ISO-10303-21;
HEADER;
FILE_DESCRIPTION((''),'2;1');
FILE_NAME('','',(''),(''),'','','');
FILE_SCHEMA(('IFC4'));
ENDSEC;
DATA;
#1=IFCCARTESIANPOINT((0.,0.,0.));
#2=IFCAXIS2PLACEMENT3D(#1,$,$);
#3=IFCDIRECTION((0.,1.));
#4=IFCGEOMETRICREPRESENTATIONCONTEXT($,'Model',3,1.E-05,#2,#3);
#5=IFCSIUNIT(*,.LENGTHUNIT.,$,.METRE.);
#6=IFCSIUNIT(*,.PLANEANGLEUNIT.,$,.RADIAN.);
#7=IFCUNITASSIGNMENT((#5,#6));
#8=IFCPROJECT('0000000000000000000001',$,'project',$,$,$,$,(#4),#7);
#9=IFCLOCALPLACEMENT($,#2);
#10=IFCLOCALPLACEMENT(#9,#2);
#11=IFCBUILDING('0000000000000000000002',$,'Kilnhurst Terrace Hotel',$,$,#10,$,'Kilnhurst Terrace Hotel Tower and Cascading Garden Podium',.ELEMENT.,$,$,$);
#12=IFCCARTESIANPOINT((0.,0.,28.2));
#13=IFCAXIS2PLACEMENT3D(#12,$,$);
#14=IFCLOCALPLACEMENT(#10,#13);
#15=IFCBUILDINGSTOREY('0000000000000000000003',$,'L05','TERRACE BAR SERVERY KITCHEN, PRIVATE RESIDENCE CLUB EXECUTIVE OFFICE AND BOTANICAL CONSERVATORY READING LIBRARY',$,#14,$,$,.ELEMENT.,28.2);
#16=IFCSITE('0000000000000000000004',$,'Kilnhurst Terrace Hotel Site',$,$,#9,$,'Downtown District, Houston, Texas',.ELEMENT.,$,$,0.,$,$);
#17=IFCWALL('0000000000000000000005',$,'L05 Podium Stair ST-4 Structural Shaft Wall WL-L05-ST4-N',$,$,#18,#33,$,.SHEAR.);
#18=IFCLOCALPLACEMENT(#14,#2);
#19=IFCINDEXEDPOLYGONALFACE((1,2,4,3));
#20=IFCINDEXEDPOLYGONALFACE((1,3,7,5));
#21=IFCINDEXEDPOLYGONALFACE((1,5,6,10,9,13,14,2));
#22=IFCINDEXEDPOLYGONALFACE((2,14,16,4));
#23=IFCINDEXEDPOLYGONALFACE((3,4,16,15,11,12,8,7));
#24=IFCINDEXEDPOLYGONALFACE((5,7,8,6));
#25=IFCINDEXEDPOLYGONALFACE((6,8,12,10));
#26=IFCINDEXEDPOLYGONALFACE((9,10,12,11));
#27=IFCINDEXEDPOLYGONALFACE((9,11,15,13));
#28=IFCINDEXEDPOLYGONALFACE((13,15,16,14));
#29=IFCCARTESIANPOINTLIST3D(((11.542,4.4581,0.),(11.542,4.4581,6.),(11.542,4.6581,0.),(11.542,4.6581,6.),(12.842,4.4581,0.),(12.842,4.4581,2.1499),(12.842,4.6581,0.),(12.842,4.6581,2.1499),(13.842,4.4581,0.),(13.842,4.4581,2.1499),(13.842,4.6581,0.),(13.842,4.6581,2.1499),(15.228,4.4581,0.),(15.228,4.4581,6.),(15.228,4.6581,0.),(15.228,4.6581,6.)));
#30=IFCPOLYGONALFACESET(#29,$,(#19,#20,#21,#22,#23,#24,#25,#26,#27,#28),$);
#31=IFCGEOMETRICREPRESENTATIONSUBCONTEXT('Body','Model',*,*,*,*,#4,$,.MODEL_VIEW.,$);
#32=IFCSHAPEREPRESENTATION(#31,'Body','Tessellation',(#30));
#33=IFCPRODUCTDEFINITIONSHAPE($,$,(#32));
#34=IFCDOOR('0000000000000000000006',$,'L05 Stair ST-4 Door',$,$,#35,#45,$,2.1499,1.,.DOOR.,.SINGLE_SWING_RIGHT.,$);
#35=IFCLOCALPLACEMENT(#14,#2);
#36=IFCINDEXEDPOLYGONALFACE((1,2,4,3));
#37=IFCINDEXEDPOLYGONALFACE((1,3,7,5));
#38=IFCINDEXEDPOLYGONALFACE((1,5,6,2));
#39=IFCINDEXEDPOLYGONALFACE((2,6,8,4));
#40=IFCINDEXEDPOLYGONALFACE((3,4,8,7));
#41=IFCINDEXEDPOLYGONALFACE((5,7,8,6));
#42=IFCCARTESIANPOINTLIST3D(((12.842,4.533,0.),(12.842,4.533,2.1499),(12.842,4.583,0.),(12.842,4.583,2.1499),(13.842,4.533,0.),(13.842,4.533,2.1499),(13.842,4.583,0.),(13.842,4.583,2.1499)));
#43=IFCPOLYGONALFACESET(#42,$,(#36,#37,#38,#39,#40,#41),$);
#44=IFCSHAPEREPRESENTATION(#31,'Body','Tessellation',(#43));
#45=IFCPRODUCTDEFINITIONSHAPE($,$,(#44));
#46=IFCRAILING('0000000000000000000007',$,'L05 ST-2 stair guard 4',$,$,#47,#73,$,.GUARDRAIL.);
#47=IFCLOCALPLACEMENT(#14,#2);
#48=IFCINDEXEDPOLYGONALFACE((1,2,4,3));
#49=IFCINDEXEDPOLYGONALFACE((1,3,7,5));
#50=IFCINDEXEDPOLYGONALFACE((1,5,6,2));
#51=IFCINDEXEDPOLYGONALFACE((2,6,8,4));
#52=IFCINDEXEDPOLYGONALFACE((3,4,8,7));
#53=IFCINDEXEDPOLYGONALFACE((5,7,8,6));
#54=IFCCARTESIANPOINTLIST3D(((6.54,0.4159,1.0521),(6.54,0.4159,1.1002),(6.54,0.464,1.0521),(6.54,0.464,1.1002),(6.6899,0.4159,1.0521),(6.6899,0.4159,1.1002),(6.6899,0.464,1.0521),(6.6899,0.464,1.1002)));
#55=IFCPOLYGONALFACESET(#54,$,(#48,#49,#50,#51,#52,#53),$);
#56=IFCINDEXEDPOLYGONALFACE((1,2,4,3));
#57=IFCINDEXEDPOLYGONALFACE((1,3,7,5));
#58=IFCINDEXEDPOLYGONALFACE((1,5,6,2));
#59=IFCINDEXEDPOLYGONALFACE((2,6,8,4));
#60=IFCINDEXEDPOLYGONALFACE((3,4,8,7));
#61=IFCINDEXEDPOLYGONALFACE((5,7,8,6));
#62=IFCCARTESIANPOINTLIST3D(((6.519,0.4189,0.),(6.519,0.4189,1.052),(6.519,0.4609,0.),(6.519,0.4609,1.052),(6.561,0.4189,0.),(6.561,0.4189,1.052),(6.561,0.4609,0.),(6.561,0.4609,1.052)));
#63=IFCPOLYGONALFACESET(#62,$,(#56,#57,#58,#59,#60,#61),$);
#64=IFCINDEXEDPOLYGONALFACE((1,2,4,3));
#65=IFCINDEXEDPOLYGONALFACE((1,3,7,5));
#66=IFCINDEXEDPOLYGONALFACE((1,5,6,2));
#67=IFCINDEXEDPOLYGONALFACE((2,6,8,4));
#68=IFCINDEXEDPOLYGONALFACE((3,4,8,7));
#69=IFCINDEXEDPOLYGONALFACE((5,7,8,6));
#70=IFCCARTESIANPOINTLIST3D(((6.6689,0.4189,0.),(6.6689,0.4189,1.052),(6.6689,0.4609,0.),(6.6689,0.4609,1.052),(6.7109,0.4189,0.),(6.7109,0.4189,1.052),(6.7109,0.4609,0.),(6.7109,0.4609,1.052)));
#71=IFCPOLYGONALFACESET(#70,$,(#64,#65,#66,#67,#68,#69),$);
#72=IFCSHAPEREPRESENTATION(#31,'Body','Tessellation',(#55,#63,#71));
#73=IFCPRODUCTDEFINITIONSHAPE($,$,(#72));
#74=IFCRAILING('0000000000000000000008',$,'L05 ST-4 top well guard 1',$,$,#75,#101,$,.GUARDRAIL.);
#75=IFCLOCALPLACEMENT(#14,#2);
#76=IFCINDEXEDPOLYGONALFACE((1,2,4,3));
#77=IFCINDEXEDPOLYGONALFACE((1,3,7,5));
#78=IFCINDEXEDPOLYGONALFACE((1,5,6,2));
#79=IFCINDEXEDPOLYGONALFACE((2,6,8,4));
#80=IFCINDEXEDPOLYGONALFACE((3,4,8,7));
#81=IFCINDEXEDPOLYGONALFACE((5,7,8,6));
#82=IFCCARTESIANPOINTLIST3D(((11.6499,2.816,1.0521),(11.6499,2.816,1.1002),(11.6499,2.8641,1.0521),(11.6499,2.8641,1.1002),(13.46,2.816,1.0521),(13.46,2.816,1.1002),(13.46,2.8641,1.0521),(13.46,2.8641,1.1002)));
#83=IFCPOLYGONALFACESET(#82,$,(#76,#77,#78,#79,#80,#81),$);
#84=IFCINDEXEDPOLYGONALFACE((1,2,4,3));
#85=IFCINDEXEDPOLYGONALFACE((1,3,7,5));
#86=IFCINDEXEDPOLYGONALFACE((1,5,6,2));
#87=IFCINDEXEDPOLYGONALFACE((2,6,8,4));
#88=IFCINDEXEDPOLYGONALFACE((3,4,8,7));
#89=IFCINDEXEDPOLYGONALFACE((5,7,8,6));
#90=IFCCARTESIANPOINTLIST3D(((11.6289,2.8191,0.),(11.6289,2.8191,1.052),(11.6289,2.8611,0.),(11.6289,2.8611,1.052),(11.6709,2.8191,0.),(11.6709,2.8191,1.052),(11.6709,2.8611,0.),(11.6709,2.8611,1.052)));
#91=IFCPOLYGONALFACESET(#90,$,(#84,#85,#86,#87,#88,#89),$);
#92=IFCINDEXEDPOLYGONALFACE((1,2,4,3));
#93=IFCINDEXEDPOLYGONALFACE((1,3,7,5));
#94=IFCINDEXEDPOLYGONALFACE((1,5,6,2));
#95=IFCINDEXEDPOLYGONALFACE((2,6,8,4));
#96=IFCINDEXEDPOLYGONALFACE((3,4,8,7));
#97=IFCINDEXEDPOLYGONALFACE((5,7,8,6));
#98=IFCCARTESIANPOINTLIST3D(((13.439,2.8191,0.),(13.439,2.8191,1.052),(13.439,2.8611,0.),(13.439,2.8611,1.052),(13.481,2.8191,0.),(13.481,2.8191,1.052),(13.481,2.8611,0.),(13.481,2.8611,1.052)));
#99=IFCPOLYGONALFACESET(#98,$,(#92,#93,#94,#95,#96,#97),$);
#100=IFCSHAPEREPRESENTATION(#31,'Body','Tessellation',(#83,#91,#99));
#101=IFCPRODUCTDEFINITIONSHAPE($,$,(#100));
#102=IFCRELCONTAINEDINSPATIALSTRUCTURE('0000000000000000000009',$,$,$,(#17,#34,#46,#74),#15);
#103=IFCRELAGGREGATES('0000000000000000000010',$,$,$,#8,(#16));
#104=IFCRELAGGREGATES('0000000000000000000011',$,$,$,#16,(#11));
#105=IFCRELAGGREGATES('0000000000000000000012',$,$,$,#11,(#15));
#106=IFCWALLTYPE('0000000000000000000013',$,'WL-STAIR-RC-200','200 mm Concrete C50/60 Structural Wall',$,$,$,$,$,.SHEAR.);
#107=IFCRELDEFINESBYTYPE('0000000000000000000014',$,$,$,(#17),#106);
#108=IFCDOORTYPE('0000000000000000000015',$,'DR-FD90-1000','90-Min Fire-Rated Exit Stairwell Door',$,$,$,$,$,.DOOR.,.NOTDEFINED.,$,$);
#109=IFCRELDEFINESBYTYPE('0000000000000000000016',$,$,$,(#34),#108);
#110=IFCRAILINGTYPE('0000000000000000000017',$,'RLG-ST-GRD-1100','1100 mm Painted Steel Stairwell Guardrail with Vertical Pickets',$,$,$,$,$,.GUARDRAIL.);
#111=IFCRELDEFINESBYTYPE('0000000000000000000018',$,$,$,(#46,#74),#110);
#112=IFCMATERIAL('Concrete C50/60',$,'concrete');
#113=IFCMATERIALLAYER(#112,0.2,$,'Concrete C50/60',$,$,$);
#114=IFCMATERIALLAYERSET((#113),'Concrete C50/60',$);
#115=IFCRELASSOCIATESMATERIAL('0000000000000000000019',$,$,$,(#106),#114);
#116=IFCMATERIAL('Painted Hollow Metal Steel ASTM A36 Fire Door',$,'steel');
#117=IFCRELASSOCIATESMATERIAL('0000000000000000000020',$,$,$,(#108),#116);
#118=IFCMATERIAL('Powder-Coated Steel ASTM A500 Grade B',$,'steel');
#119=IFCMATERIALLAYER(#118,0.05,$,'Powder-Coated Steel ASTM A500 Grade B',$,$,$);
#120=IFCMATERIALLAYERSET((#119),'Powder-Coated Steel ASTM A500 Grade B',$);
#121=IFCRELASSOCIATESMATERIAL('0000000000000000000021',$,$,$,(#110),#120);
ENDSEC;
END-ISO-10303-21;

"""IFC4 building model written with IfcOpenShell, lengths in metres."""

from ifc_helpers import new_model, si_unit, direction, frame, frame_2d, origin, origin_2d, place, context, subcontext, project, spatial, rectangle, extrude, material, layer, layer_set, type_object, element, fill, save


model = new_model("IFC4")

# Units and contexts
model_context = context("Model", 3, precision=1e-05, world=origin(), true_north=direction((0.0, 1.0)))
body_context = subcontext(model_context, "Body", "Model", "MODEL_VIEW")
ifc_project = project(units=[si_unit("LENGTHUNIT", "METRE"), si_unit("PLANEANGLEUNIT", "RADIAN")], contexts=[model_context])

# Site, building, storey
site_placement = place(None, origin())
site = spatial("IfcSite", under=ifc_project, at=site_placement, Name="Kilnhurst Terrace Hotel Site", LongName="Downtown District, Houston, Texas", CompositionType="ELEMENT", RefElevation=0.0)
building_placement = place(site_placement, origin())
building = spatial("IfcBuilding", under=site, at=building_placement, Name="Kilnhurst Terrace Hotel", LongName="Kilnhurst Terrace Hotel Tower and Cascading Garden Podium", CompositionType="ELEMENT")
storey_placement = place(building_placement, frame((0.0, 0.0, 28.2)))
storey = spatial("IfcBuildingStorey", under=building, at=storey_placement, Name="L05", Description="TERRACE BAR SERVERY KITCHEN, PRIVATE RESIDENCE CLUB EXECUTIVE OFFICE AND BOTANICAL CONSERVATORY READING LIBRARY", CompositionType="ELEMENT", Elevation=28.2)

# Wall, opening, door
ifc_material_1 = material(Name="Concrete C50/60", Category="concrete")
ifc_layer_1 = layer(ifc_material_1, 0.2, Name="Concrete C50/60")
ifc_layer_set_1 = layer_set([ifc_layer_1], Name="Concrete C50/60")
wall_type_1 = type_object("IfcWallType", Name="WL-STAIR-RC-200", Description="200 mm Concrete C50/60 Structural Wall", PredefinedType="SHEAR", material=ifc_layer_set_1)
wall_1_placement = place(storey_placement, frame((11.542, 4.5581, 0.0), z_axis=(0.0, 0.0, 1.0), x_axis=(1.0, 0.0, 0.0)))
wall_1 = element("IfcWall", 1, at=wall_1_placement, inside=storey, type_object=wall_type_1, Name="L05 Podium Stair ST-4 Structural Shaft Wall WL-L05-ST4-N", PredefinedType="SHEAR", context=body_context, shape_type="SweptSolid", body=[
    extrude(rectangle(XDim=3.686, YDim=0.2, at=frame_2d((1.843, 0.0))), origin(), (0.0, 0.0, 1.0), 6.0),
])
opening_1_placement = place(wall_1_placement, frame((1.3, 0.0, 0.0)))
opening_1 = element("IfcOpeningElement", 2, at=opening_1_placement, cuts=wall_1, PredefinedType="OPENING", context=body_context, shape_type="SweptSolid", body=[
    extrude(rectangle(XDim=1.0, YDim=2.1499, at=frame_2d((0.5, 1.075))), frame((0.0, 0.1099, 0.0), z_axis=(0.0, -1.0, 0.0), x_axis=(1.0, 0.0, 0.0)), (0.0, 0.0, 1.0), 0.22),
])
ifc_material_2 = material(Name="Painted Hollow Metal Steel ASTM A36 Fire Door", Category="steel")
door_type_1 = type_object("IfcDoorType", Name="DR-FD90-1000", Description="90-Min Fire-Rated Exit Stairwell Door", OperationType="NOTDEFINED", PredefinedType="DOOR", material=ifc_material_2)
door_1_placement = place(opening_1_placement, origin())
door_1 = element("IfcDoor", 3, at=door_1_placement, inside=storey, type_object=door_type_1, Name="L05 Stair ST-4 Door", OperationType="SINGLE_SWING_RIGHT", OverallHeight=2.1499, OverallWidth=1.0, PredefinedType="DOOR", context=body_context, shape_type="SweptSolid", body=[
    extrude(rectangle(XDim=1.0, YDim=2.1499, at=frame_2d((0.5, 1.075))), frame((0.0, 0.0249, 0.0), z_axis=(0.0, -1.0, 0.0), x_axis=(1.0, 0.0, 0.0)), (0.0, 0.0, 1.0), 0.05),
])
fill(opening_1, door_1)

# Railings
ifc_material_3 = material(Name="Powder-Coated Steel ASTM A500 Grade B", Category="steel")
ifc_layer_2 = layer(ifc_material_3, 0.05, Name="Powder-Coated Steel ASTM A500 Grade B")
ifc_layer_set_2 = layer_set([ifc_layer_2], Name="Powder-Coated Steel ASTM A500 Grade B")
railing_type = type_object("IfcRailingType", Name="RLG-ST-GRD-1100", Description="1100 mm Painted Steel Stairwell Guardrail with Vertical Pickets", PredefinedType="GUARDRAIL", material=ifc_layer_set_2)
railing_1_placement = place(storey_placement, frame((6.54, 0.4399, 0.0)))
element("IfcRailing", 4, at=railing_1_placement, inside=storey, type_object=railing_type, Name="L05 ST-2 stair guard 4", PredefinedType="GUARDRAIL", context=body_context, shape_type="SweptSolid", body=[
    extrude(rectangle(XDim=0.0481, YDim=0.0481, at=origin_2d()), frame((0.0, 0.0, 1.0762), z_axis=(1.0, 0.0, 0.0), x_axis=(0.0, 1.0, 0.0)), (0.0, 0.0, 1.0), 0.1499),
    extrude(rectangle(XDim=0.042, YDim=0.042, at=origin_2d()), origin(), (0.0, 0.0, 1.0), 1.052),
    extrude(rectangle(XDim=0.042, YDim=0.042, at=origin_2d()), frame((0.1499, 0.0, 0.0)), (0.0, 0.0, 1.0), 1.052),
])
railing_2_placement = place(storey_placement, frame((11.6499, 2.8401, 0.0)))
element("IfcRailing", 5, at=railing_2_placement, inside=storey, type_object=railing_type, Name="L05 ST-4 top well guard 1", PredefinedType="GUARDRAIL", context=body_context, shape_type="SweptSolid", body=[
    extrude(rectangle(XDim=0.0481, YDim=0.0481, at=origin_2d()), frame((0.0, 0.0, 1.0762), z_axis=(1.0, 0.0, 0.0), x_axis=(0.0, 1.0, 0.0)), (0.0, 0.0, 1.0), 1.8101),
    extrude(rectangle(XDim=0.042, YDim=0.042, at=origin_2d()), origin(), (0.0, 0.0, 1.0), 1.052),
    extrude(rectangle(XDim=0.042, YDim=0.042, at=origin_2d()), frame((1.8101, 0.0, 0.0)), (0.0, 0.0, 1.0), 1.052),
])

save(model, "model.ifc")
